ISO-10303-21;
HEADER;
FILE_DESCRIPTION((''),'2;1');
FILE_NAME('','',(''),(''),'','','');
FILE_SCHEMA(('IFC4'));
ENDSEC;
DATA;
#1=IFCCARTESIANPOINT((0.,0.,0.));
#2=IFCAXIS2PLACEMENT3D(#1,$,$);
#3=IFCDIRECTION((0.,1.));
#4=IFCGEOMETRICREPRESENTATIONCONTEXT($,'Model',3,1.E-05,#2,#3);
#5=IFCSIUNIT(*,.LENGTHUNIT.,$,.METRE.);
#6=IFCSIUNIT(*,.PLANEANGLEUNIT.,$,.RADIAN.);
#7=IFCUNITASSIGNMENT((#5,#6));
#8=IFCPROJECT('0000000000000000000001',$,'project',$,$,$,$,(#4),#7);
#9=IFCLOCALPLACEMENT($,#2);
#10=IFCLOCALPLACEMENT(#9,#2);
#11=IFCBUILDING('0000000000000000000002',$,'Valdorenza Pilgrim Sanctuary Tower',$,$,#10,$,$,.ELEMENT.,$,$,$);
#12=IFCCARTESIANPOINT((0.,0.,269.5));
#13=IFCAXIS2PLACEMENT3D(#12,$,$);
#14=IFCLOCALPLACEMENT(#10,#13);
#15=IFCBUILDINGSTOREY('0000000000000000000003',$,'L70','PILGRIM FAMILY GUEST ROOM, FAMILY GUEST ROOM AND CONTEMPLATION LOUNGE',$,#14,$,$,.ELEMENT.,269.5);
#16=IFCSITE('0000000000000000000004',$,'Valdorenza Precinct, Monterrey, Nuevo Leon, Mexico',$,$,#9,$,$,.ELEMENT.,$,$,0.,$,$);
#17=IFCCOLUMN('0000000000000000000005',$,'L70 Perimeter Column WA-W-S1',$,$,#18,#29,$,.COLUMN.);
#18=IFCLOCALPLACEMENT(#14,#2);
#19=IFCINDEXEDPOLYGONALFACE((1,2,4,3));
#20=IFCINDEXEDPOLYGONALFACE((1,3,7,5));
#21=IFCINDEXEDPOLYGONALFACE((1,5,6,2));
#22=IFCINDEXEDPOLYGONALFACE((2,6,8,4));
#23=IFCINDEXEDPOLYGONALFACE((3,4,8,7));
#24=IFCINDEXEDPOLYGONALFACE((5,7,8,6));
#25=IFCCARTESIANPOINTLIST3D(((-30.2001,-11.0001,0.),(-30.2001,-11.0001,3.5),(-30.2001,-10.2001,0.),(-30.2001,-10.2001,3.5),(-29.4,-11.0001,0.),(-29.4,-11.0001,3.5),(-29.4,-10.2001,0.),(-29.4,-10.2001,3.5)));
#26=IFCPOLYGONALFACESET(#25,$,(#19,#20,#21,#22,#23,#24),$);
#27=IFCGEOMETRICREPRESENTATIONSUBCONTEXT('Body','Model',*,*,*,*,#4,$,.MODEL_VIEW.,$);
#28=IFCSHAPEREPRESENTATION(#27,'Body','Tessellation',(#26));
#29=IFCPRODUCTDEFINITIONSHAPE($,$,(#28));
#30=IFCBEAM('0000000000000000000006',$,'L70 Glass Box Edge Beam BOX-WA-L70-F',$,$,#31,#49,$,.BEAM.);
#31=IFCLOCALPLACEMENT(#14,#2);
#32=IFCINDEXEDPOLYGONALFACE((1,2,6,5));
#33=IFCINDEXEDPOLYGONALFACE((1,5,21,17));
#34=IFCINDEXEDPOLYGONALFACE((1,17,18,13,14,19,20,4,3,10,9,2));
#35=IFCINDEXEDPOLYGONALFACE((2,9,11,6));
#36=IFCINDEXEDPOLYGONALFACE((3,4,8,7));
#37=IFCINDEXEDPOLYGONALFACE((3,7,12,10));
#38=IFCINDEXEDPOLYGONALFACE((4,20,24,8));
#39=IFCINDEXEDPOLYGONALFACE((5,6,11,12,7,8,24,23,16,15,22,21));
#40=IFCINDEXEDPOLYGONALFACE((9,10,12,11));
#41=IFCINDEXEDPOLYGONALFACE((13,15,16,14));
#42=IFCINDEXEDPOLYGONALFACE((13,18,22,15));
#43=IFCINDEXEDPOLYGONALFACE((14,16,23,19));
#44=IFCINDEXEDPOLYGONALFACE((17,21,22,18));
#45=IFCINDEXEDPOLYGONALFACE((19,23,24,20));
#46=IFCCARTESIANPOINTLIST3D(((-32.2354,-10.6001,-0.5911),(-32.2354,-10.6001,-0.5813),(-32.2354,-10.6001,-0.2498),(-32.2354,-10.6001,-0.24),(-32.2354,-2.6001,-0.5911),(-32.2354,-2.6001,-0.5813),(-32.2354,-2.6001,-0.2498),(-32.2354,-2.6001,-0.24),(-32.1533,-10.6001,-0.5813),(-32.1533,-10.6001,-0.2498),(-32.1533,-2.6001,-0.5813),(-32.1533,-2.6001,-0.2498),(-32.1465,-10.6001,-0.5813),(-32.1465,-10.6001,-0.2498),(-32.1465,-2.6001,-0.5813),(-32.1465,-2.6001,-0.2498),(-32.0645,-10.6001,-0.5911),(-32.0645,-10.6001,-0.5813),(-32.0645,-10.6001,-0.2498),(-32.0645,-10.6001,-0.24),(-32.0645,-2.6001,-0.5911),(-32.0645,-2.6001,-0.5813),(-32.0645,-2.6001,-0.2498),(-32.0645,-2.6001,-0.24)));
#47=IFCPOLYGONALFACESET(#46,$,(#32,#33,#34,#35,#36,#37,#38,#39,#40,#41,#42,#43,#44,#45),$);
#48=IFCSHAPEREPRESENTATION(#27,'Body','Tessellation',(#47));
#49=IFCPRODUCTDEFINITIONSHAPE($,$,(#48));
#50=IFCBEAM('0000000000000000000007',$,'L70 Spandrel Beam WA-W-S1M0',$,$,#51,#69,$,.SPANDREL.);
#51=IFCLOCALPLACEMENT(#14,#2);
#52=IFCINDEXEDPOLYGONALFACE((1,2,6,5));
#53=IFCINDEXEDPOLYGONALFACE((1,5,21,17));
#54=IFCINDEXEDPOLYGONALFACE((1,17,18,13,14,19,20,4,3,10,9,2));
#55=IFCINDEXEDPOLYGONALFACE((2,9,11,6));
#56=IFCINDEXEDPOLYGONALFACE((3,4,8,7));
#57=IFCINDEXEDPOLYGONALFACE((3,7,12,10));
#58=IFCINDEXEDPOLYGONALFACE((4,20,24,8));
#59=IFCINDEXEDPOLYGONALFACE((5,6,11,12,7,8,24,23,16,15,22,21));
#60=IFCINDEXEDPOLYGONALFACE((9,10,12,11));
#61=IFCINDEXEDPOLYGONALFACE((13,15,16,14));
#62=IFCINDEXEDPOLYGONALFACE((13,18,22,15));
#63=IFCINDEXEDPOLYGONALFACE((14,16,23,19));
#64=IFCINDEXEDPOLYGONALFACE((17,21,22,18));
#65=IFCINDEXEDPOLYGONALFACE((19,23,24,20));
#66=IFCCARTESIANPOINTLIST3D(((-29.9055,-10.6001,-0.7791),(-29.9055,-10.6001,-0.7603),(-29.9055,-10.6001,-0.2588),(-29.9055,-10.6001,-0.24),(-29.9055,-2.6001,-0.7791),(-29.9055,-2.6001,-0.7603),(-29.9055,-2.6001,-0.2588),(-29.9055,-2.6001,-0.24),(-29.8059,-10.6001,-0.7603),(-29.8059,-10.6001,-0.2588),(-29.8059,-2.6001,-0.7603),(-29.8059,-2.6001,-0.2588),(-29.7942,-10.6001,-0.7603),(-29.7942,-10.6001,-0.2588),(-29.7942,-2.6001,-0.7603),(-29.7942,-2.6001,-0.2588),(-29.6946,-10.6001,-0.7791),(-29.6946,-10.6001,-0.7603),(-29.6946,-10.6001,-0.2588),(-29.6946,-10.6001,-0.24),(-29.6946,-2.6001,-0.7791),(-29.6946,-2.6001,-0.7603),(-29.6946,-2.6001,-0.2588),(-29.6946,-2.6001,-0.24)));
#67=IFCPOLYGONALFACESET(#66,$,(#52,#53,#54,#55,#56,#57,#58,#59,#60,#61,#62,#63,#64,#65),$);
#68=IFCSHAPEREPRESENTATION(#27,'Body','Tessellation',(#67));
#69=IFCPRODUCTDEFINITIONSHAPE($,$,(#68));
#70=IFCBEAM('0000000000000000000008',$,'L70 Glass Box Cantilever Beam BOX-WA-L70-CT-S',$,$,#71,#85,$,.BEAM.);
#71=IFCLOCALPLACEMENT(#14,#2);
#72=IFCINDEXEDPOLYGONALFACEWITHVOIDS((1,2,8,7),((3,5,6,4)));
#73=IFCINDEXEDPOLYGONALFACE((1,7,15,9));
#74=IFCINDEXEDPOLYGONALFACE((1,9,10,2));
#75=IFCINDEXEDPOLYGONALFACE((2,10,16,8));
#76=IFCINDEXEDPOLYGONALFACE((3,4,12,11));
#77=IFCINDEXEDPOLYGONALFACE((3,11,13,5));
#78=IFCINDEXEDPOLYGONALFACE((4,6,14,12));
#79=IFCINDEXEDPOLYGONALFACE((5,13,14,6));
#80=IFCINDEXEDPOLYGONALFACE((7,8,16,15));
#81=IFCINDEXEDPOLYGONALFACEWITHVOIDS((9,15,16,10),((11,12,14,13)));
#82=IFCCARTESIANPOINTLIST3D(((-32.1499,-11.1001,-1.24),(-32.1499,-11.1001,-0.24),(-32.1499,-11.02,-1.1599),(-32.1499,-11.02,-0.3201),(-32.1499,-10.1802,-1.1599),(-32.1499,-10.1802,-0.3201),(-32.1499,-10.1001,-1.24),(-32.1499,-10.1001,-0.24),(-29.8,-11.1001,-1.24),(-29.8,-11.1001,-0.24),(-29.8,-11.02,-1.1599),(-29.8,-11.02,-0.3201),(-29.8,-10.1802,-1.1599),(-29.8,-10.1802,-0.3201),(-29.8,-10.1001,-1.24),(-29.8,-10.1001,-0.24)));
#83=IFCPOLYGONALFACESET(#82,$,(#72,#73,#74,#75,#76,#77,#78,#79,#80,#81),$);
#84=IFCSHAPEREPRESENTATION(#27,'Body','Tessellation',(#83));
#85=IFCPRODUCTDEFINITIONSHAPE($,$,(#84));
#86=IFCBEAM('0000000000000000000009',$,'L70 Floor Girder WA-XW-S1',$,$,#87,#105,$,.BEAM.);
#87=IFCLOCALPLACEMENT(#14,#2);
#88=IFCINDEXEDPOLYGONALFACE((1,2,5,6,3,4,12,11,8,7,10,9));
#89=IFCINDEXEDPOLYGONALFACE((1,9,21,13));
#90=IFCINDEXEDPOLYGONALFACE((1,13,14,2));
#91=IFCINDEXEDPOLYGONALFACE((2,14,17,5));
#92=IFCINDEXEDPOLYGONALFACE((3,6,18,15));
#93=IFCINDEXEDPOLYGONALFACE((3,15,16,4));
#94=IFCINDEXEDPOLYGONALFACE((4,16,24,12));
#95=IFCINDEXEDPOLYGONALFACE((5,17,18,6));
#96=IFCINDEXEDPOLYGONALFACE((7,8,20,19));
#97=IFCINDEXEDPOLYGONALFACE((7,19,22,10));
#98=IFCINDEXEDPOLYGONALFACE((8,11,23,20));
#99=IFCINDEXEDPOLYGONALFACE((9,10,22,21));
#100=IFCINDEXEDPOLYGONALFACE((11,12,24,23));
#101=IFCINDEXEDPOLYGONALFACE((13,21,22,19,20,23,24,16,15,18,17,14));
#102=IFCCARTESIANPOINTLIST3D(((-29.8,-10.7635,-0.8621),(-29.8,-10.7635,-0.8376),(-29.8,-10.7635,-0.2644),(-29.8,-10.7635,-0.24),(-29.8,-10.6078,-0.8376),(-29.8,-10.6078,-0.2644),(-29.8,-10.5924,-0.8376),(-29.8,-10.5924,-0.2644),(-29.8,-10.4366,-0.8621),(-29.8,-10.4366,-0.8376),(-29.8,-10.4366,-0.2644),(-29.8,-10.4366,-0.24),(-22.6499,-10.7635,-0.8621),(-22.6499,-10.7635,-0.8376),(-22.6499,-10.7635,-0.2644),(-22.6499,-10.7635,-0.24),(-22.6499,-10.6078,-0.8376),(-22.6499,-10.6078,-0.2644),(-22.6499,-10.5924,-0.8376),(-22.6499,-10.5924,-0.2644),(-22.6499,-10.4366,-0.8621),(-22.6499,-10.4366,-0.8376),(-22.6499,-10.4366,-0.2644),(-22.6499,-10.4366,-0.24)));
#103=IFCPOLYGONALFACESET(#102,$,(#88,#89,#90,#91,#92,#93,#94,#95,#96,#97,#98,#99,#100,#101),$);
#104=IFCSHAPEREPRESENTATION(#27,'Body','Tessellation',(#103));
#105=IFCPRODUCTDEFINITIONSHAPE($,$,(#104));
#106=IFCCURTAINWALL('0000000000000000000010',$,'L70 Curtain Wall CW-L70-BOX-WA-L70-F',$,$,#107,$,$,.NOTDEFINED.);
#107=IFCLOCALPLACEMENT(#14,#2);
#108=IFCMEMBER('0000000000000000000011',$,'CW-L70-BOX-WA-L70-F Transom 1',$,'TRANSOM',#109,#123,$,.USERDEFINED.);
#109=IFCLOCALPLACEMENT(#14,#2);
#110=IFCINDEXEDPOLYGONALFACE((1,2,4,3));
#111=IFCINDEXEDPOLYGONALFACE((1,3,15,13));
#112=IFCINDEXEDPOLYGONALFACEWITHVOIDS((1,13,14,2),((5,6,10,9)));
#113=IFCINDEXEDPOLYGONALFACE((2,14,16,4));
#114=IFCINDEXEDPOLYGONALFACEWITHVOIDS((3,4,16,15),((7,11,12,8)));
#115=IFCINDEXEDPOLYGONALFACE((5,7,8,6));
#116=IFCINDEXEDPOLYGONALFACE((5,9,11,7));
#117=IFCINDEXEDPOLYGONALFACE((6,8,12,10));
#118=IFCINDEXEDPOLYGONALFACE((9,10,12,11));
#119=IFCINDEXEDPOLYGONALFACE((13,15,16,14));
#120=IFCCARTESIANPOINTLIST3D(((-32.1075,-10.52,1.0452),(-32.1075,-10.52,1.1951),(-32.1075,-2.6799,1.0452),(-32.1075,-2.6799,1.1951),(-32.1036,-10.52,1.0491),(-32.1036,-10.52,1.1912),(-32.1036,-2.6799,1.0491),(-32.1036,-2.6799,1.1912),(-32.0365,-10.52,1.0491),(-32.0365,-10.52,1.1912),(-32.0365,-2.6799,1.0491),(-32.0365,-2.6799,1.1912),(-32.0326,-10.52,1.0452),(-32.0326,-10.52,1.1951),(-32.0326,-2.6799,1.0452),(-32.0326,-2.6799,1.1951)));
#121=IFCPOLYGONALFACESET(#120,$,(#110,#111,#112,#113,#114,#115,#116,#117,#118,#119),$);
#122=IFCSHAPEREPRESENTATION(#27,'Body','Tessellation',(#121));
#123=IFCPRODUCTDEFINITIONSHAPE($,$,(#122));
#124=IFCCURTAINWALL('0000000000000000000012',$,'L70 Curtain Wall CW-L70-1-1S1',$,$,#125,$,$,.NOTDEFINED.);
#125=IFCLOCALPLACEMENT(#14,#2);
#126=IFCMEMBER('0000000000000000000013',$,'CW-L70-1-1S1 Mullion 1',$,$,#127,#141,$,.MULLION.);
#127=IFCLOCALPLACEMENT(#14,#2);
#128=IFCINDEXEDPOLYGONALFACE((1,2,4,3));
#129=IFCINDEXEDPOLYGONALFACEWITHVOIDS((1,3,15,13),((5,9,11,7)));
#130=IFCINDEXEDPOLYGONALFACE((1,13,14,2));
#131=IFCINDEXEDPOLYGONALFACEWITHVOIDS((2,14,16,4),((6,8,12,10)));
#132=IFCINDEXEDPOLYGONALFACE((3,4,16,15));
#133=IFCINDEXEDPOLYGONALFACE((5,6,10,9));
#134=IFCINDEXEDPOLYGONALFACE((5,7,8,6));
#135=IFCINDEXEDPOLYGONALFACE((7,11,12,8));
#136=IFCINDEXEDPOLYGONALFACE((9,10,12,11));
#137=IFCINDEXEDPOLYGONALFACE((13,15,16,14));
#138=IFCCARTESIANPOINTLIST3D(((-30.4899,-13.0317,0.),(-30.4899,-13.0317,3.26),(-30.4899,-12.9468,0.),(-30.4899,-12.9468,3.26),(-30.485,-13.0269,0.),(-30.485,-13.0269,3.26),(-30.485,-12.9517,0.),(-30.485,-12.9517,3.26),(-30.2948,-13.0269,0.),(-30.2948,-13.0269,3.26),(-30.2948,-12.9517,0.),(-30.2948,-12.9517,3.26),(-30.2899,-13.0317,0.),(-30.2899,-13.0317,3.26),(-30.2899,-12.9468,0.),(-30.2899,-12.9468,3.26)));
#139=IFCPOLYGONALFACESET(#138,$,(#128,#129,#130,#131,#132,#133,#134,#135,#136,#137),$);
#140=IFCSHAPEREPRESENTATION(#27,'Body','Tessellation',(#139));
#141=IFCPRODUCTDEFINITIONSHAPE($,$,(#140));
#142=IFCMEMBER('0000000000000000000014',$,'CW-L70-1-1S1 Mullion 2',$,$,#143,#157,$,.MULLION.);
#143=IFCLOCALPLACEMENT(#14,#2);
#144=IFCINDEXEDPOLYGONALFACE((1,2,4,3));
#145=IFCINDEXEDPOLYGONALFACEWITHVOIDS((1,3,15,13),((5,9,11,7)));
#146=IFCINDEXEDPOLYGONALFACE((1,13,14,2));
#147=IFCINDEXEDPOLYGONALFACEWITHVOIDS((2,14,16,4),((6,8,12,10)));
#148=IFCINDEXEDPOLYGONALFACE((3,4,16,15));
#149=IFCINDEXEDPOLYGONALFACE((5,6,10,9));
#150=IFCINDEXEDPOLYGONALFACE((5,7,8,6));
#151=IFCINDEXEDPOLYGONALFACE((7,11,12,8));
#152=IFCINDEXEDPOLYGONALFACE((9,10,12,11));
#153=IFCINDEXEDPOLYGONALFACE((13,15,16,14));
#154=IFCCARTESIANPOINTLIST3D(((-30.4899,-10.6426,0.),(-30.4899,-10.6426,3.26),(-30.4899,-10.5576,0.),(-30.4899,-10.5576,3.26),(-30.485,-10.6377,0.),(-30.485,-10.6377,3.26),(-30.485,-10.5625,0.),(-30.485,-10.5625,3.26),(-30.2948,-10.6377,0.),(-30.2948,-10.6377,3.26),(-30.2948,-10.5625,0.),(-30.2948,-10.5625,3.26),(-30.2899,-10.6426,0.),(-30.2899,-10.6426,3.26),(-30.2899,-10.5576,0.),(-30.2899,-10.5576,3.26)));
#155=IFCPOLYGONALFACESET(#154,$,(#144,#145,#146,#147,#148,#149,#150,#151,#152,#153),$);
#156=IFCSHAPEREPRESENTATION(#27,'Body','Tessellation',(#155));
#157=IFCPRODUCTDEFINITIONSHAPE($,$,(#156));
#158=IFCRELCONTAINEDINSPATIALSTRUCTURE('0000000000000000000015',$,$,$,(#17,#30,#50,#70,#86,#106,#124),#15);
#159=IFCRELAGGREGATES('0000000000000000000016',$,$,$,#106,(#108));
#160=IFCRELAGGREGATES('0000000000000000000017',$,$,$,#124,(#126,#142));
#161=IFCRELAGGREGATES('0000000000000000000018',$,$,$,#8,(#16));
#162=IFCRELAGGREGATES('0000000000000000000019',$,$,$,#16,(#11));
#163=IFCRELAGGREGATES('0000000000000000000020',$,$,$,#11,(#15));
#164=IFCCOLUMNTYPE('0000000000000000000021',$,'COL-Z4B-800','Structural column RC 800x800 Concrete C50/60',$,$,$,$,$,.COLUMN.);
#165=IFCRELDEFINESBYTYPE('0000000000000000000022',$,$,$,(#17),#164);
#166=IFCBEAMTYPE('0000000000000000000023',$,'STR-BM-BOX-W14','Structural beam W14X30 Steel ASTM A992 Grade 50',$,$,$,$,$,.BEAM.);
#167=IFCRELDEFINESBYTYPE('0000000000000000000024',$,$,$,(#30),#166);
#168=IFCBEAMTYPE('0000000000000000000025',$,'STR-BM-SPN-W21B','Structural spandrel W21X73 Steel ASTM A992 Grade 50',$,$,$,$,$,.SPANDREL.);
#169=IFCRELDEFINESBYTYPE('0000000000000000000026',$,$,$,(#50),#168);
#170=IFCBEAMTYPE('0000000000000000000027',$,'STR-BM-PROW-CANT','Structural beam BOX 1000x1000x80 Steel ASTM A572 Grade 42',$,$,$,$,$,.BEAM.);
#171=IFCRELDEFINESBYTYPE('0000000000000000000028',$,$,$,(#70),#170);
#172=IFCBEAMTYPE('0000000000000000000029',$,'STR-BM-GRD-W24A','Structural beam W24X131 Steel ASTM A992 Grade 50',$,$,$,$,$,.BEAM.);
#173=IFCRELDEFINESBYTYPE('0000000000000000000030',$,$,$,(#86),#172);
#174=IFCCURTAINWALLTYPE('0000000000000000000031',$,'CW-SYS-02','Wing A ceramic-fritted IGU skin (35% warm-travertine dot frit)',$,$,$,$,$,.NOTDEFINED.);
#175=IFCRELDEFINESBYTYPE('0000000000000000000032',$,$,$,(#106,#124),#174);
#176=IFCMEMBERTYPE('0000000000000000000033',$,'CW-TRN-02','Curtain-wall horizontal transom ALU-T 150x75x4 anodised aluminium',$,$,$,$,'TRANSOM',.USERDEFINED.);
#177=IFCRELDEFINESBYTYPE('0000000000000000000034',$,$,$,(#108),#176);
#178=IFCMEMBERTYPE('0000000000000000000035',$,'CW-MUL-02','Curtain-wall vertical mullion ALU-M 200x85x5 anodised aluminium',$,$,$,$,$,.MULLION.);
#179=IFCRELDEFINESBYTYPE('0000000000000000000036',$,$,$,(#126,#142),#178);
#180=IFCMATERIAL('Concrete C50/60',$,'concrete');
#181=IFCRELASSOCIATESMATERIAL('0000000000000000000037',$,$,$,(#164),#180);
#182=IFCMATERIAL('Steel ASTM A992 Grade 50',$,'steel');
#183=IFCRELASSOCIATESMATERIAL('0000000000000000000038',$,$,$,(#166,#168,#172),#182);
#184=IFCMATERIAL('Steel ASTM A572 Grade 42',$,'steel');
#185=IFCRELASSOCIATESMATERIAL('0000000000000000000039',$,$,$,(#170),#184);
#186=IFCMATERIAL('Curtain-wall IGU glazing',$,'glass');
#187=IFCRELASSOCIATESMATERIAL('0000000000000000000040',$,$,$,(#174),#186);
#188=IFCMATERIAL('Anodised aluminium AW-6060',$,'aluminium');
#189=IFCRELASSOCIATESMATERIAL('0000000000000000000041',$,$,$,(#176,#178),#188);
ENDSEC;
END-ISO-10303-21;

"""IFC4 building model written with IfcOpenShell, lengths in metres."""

from ifc_helpers import new_model, si_unit, direction, frame, origin, origin_2d, place, context, subcontext, project, spatial, rectangle, hollow_rectangle, i_section, extrude, source, transform, mapped, material, material_profile, profile_set, type_object, element, aggregate, save


model = new_model("IFC4")

# Units and contexts
model_context = context("Model", 3, precision=1e-05, world=origin(), true_north=direction((0.0, 1.0)))
body_context = subcontext(model_context, "Body", "Model", "MODEL_VIEW")
ifc_project = project(units=[si_unit("LENGTHUNIT", "METRE"), si_unit("PLANEANGLEUNIT", "RADIAN")], contexts=[model_context])

# Site, building, storey
site_placement = place(None, origin())
site = spatial("IfcSite", under=ifc_project, at=site_placement, Name="Valdorenza Precinct, Monterrey, Nuevo Leon, Mexico", CompositionType="ELEMENT", RefElevation=0.0)
building_placement = place(site_placement, origin())
building = spatial("IfcBuilding", under=site, at=building_placement, Name="Valdorenza Pilgrim Sanctuary Tower", CompositionType="ELEMENT")
storey_placement = place(building_placement, frame((0.0, 0.0, 269.5)))
storey = spatial("IfcBuildingStorey", under=building, at=storey_placement, Name="L70", Description="PILGRIM FAMILY GUEST ROOM, FAMILY GUEST ROOM AND CONTEMPLATION LOUNGE", CompositionType="ELEMENT", Elevation=269.5)

# Column
ifc_material_1 = material(Name="Concrete C50/60", Category="concrete")
ifc_material_profile_1 = material_profile(ifc_material_1, rectangle(XDim=0.8, YDim=0.8, at=origin_2d()), Name="RC 800x800")
ifc_profile_set_1 = profile_set([ifc_material_profile_1], Name="Concrete C50/60")
column_type = type_object("IfcColumnType", Name="COL-Z4B-800", Description="Structural column RC 800x800 Concrete C50/60", PredefinedType="COLUMN", material=ifc_profile_set_1)
shared_shape_1 = source(origin(), body_context, "Body", "SweptSolid", [
    extrude(rectangle(XDim=0.8, YDim=0.8, at=origin_2d()), origin(), (0.0, 0.0, 1.0), 3.5),
])
column_placement = place(storey_placement, frame((-29.8, -10.6001, 0.0), z_axis=(0.0, 0.0, 1.0), x_axis=(1.0, 0.0, 0.0)))
element("IfcColumn", 1, at=column_placement, inside=storey, type_object=column_type, Name="L70 Perimeter Column WA-W-S1", PredefinedType="COLUMN", context=body_context, shape_type="MappedRepresentation", body=[
    mapped(shared_shape_1, transform((0.0, 0.0, 0.0), x_axis=(1.0, 0.0, 0.0), y_axis=(0.0, 1.0, 0.0), z_axis=(0.0, 0.0, 1.0), scale=1.0)),
])

# Beams
ifc_material_2 = material(Name="Steel ASTM A992 Grade 50", Category="steel")
ifc_material_profile_2 = material_profile(ifc_material_2, i_section(OverallWidth=0.1709, OverallDepth=0.3511, WebThickness=0.0068, FlangeThickness=0.0098, at=origin_2d()), Name="W14X30")
ifc_profile_set_2 = profile_set([ifc_material_profile_2], Name="Steel ASTM A992 Grade 50")
beam_type_1 = type_object("IfcBeamType", Name="STR-BM-BOX-W14", Description="Structural beam W14X30 Steel ASTM A992 Grade 50", PredefinedType="BEAM", material=ifc_profile_set_2)
shared_shape_2 = source(origin(), body_context, "Body", "SweptSolid", [
    extrude(i_section(OverallWidth=0.1709, OverallDepth=0.3511, WebThickness=0.0068, FlangeThickness=0.0098, at=origin_2d()), origin(), (0.0, 0.0, 1.0), 8.0),
])
beam_1_placement = place(storey_placement, frame((-32.1499, -10.6001, -0.4155), z_axis=(0.0, 1.0, 0.0), x_axis=(-1.0, 0.0, 0.0)))
element("IfcBeam", 2, at=beam_1_placement, inside=storey, type_object=beam_type_1, Name="L70 Glass Box Edge Beam BOX-WA-L70-F", PredefinedType="BEAM", context=body_context, shape_type="MappedRepresentation", body=[
    mapped(shared_shape_2, transform((0.0, 0.0, 0.0), x_axis=(1.0, 0.0, 0.0), y_axis=(0.0, 1.0, 0.0), z_axis=(0.0, 0.0, 1.0), scale=1.0)),
])
ifc_material_profile_3 = material_profile(ifc_material_2, i_section(OverallWidth=0.2109, OverallDepth=0.5391, WebThickness=0.0117, FlangeThickness=0.0188, at=origin_2d()), Name="W21X73")
ifc_profile_set_3 = profile_set([ifc_material_profile_3], Name="Steel ASTM A992 Grade 50")
beam_type_2 = type_object("IfcBeamType", Name="STR-BM-SPN-W21B", Description="Structural spandrel W21X73 Steel ASTM A992 Grade 50", PredefinedType="SPANDREL", material=ifc_profile_set_3)
shared_shape_3 = source(origin(), body_context, "Body", "SweptSolid", [
    extrude(i_section(OverallWidth=0.2109, OverallDepth=0.5391, WebThickness=0.0117, FlangeThickness=0.0188, at=origin_2d()), origin(), (0.0, 0.0, 1.0), 8.0),
])
beam_2_placement = place(storey_placement, frame((-29.8, -10.6001, -0.5095), z_axis=(0.0, 1.0, 0.0), x_axis=(-1.0, 0.0, 0.0)))
element("IfcBeam", 3, at=beam_2_placement, inside=storey, type_object=beam_type_2, Name="L70 Spandrel Beam WA-W-S1M0", PredefinedType="SPANDREL", context=body_context, shape_type="MappedRepresentation", body=[
    mapped(shared_shape_3, transform((0.0, 0.0, 0.0), x_axis=(1.0, 0.0, 0.0), y_axis=(0.0, 1.0, 0.0), z_axis=(0.0, 0.0, 1.0), scale=1.0)),
])
ifc_material_3 = material(Name="Steel ASTM A572 Grade 42", Category="steel")
ifc_material_profile_4 = material_profile(ifc_material_3, hollow_rectangle(XDim=1.0, YDim=1.0, WallThickness=0.0801, at=origin_2d()), Name="BOX 1000x1000x80")
ifc_profile_set_4 = profile_set([ifc_material_profile_4], Name="Steel ASTM A572 Grade 42")
beam_type_3 = type_object("IfcBeamType", Name="STR-BM-PROW-CANT", Description="Structural beam BOX 1000x1000x80 Steel ASTM A572 Grade 42", PredefinedType="BEAM", material=ifc_profile_set_4)
shared_shape_4 = source(origin(), body_context, "Body", "SweptSolid", [
    extrude(hollow_rectangle(XDim=1.0, YDim=1.0, WallThickness=0.0801, at=origin_2d()), origin(), (0.0, 0.0, 1.0), 2.3499),
])
beam_3_placement = place(storey_placement, frame((-29.8, -10.6001, -0.74), z_axis=(-1.0, 0.0, 0.0), x_axis=(0.0, -1.0, 0.0)))
element("IfcBeam", 4, at=beam_3_placement, inside=storey, type_object=beam_type_3, Name="L70 Glass Box Cantilever Beam BOX-WA-L70-CT-S", PredefinedType="BEAM", context=body_context, shape_type="MappedRepresentation", body=[
    mapped(shared_shape_4, transform((0.0, 0.0, 0.0), x_axis=(1.0, 0.0, 0.0), y_axis=(0.0, 1.0, 0.0), z_axis=(0.0, 0.0, 1.0), scale=1.0)),
])
ifc_material_profile_5 = material_profile(ifc_material_2, i_section(OverallWidth=0.3269, OverallDepth=0.6221, WebThickness=0.0154, FlangeThickness=0.0244, at=origin_2d()), Name="W24X131")
ifc_profile_set_5 = profile_set([ifc_material_profile_5], Name="Steel ASTM A992 Grade 50")
beam_type_4 = type_object("IfcBeamType", Name="STR-BM-GRD-W24A", Description="Structural beam W24X131 Steel ASTM A992 Grade 50", PredefinedType="BEAM", material=ifc_profile_set_5)
shared_shape_5 = source(origin(), body_context, "Body", "SweptSolid", [
    extrude(i_section(OverallWidth=0.3269, OverallDepth=0.6221, WebThickness=0.0154, FlangeThickness=0.0244, at=origin_2d()), origin(), (0.0, 0.0, 1.0), 7.1501),
])
beam_4_placement = place(storey_placement, frame((-29.8, -10.6001, -0.551), z_axis=(1.0, 0.0, 0.0), x_axis=(0.0, 1.0, 0.0)))
element("IfcBeam", 5, at=beam_4_placement, inside=storey, type_object=beam_type_4, Name="L70 Floor Girder WA-XW-S1", PredefinedType="BEAM", context=body_context, shape_type="MappedRepresentation", body=[
    mapped(shared_shape_5, transform((0.0, 0.0, 0.0), x_axis=(1.0, 0.0, 0.0), y_axis=(0.0, 1.0, 0.0), z_axis=(0.0, 0.0, 1.0), scale=1.0)),
])

# Curtain wall, member
ifc_material_4 = material(Name="Curtain-wall IGU glazing", Category="glass")
curtain_wall_type = type_object("IfcCurtainWallType", Name="CW-SYS-02", Description="Wing A ceramic-fritted IGU skin (35% warm-travertine dot frit)", PredefinedType="NOTDEFINED", material=ifc_material_4)
curtain_wall_1_placement = place(storey_placement, origin())
curtain_wall_1 = element("IfcCurtainWall", 6, at=curtain_wall_1_placement, inside=storey, type_object=curtain_wall_type, Name="L70 Curtain Wall CW-L70-BOX-WA-L70-F", PredefinedType="NOTDEFINED")
ifc_material_5 = material(Name="Anodised aluminium AW-6060", Category="aluminium")
ifc_material_profile_6 = material_profile(ifc_material_5, hollow_rectangle(XDim=0.075, YDim=0.1499, WallThickness=0.0039, at=origin_2d()), Name="ALU-T 150x75x4")
ifc_profile_set_6 = profile_set([ifc_material_profile_6], Name="Anodised aluminium AW-6060")
member_type_1 = type_object("IfcMemberType", Name="CW-TRN-02", Description="Curtain-wall horizontal transom ALU-T 150x75x4 anodised aluminium", ElementType="TRANSOM", PredefinedType="USERDEFINED", material=ifc_profile_set_6)
shared_shape_6 = source(origin(), body_context, "Body", "SweptSolid", [
    extrude(hollow_rectangle(XDim=0.075, YDim=0.1499, WallThickness=0.0039, at=origin_2d()), origin(), (0.0, 0.0, 1.0), 7.8401),
])
member_1_placement = place(storey_placement, frame((-32.0701, -10.52, 1.1201), z_axis=(0.0, 1.0, 0.0), x_axis=(-1.0, 0.0, 0.0)))
member_1 = element("IfcMember", 7, at=member_1_placement, type_object=member_type_1, Name="CW-L70-BOX-WA-L70-F Transom 1", ObjectType="TRANSOM", PredefinedType="USERDEFINED", context=body_context, shape_type="MappedRepresentation", body=[
    mapped(shared_shape_6, transform((0.0, 0.0, 0.0), x_axis=(1.0, 0.0, 0.0), y_axis=(0.0, 1.0, 0.0), z_axis=(0.0, 0.0, 1.0), scale=1.0)),
])
aggregate(curtain_wall_1, [member_1])

# Curtain wall, members
curtain_wall_2_placement = place(storey_placement, origin())
curtain_wall_2 = element("IfcCurtainWall", 8, at=curtain_wall_2_placement, inside=storey, type_object=curtain_wall_type, Name="L70 Curtain Wall CW-L70-1-1S1", PredefinedType="NOTDEFINED")
ifc_material_profile_7 = material_profile(ifc_material_5, hollow_rectangle(XDim=0.085, YDim=0.2, WallThickness=0.0049, at=origin_2d()), Name="ALU-M 200x85x5")
ifc_profile_set_7 = profile_set([ifc_material_profile_7], Name="Anodised aluminium AW-6060")
member_type_2 = type_object("IfcMemberType", Name="CW-MUL-02", Description="Curtain-wall vertical mullion ALU-M 200x85x5 anodised aluminium", PredefinedType="MULLION", material=ifc_profile_set_7)
shared_shape_7 = source(origin(), body_context, "Body", "SweptSolid", [
    extrude(hollow_rectangle(XDim=0.085, YDim=0.2, WallThickness=0.0049, at=origin_2d()), origin(), (0.0, 0.0, 1.0), 3.26),
])
member_2_placement = place(storey_placement, frame((-30.3899, -12.9893, 0.0), z_axis=(0.0, 0.0, 1.0), x_axis=(0.0, 1.0, 0.0)))
member_2 = element("IfcMember", 9, at=member_2_placement, type_object=member_type_2, Name="CW-L70-1-1S1 Mullion 1", PredefinedType="MULLION", context=body_context, shape_type="MappedRepresentation", body=[
    mapped(shared_shape_7, transform((0.0, 0.0, 0.0), x_axis=(1.0, 0.0, 0.0), y_axis=(0.0, 1.0, 0.0), z_axis=(0.0, 0.0, 1.0), scale=1.0)),
])
member_3_placement = place(storey_placement, frame((-30.3899, -10.6001, 0.0), z_axis=(0.0, 0.0, 1.0), x_axis=(0.0, 1.0, 0.0)))
member_3 = element("IfcMember", 10, at=member_3_placement, type_object=member_type_2, Name="CW-L70-1-1S1 Mullion 2", PredefinedType="MULLION", context=body_context, shape_type="MappedRepresentation", body=[
    mapped(shared_shape_7, transform((0.0, 0.0, 0.0), x_axis=(1.0, 0.0, 0.0), y_axis=(0.0, 1.0, 0.0), z_axis=(0.0, 0.0, 1.0), scale=1.0)),
])

aggregate(curtain_wall_2, [member_2, member_3])

save(model, "model.ifc")
